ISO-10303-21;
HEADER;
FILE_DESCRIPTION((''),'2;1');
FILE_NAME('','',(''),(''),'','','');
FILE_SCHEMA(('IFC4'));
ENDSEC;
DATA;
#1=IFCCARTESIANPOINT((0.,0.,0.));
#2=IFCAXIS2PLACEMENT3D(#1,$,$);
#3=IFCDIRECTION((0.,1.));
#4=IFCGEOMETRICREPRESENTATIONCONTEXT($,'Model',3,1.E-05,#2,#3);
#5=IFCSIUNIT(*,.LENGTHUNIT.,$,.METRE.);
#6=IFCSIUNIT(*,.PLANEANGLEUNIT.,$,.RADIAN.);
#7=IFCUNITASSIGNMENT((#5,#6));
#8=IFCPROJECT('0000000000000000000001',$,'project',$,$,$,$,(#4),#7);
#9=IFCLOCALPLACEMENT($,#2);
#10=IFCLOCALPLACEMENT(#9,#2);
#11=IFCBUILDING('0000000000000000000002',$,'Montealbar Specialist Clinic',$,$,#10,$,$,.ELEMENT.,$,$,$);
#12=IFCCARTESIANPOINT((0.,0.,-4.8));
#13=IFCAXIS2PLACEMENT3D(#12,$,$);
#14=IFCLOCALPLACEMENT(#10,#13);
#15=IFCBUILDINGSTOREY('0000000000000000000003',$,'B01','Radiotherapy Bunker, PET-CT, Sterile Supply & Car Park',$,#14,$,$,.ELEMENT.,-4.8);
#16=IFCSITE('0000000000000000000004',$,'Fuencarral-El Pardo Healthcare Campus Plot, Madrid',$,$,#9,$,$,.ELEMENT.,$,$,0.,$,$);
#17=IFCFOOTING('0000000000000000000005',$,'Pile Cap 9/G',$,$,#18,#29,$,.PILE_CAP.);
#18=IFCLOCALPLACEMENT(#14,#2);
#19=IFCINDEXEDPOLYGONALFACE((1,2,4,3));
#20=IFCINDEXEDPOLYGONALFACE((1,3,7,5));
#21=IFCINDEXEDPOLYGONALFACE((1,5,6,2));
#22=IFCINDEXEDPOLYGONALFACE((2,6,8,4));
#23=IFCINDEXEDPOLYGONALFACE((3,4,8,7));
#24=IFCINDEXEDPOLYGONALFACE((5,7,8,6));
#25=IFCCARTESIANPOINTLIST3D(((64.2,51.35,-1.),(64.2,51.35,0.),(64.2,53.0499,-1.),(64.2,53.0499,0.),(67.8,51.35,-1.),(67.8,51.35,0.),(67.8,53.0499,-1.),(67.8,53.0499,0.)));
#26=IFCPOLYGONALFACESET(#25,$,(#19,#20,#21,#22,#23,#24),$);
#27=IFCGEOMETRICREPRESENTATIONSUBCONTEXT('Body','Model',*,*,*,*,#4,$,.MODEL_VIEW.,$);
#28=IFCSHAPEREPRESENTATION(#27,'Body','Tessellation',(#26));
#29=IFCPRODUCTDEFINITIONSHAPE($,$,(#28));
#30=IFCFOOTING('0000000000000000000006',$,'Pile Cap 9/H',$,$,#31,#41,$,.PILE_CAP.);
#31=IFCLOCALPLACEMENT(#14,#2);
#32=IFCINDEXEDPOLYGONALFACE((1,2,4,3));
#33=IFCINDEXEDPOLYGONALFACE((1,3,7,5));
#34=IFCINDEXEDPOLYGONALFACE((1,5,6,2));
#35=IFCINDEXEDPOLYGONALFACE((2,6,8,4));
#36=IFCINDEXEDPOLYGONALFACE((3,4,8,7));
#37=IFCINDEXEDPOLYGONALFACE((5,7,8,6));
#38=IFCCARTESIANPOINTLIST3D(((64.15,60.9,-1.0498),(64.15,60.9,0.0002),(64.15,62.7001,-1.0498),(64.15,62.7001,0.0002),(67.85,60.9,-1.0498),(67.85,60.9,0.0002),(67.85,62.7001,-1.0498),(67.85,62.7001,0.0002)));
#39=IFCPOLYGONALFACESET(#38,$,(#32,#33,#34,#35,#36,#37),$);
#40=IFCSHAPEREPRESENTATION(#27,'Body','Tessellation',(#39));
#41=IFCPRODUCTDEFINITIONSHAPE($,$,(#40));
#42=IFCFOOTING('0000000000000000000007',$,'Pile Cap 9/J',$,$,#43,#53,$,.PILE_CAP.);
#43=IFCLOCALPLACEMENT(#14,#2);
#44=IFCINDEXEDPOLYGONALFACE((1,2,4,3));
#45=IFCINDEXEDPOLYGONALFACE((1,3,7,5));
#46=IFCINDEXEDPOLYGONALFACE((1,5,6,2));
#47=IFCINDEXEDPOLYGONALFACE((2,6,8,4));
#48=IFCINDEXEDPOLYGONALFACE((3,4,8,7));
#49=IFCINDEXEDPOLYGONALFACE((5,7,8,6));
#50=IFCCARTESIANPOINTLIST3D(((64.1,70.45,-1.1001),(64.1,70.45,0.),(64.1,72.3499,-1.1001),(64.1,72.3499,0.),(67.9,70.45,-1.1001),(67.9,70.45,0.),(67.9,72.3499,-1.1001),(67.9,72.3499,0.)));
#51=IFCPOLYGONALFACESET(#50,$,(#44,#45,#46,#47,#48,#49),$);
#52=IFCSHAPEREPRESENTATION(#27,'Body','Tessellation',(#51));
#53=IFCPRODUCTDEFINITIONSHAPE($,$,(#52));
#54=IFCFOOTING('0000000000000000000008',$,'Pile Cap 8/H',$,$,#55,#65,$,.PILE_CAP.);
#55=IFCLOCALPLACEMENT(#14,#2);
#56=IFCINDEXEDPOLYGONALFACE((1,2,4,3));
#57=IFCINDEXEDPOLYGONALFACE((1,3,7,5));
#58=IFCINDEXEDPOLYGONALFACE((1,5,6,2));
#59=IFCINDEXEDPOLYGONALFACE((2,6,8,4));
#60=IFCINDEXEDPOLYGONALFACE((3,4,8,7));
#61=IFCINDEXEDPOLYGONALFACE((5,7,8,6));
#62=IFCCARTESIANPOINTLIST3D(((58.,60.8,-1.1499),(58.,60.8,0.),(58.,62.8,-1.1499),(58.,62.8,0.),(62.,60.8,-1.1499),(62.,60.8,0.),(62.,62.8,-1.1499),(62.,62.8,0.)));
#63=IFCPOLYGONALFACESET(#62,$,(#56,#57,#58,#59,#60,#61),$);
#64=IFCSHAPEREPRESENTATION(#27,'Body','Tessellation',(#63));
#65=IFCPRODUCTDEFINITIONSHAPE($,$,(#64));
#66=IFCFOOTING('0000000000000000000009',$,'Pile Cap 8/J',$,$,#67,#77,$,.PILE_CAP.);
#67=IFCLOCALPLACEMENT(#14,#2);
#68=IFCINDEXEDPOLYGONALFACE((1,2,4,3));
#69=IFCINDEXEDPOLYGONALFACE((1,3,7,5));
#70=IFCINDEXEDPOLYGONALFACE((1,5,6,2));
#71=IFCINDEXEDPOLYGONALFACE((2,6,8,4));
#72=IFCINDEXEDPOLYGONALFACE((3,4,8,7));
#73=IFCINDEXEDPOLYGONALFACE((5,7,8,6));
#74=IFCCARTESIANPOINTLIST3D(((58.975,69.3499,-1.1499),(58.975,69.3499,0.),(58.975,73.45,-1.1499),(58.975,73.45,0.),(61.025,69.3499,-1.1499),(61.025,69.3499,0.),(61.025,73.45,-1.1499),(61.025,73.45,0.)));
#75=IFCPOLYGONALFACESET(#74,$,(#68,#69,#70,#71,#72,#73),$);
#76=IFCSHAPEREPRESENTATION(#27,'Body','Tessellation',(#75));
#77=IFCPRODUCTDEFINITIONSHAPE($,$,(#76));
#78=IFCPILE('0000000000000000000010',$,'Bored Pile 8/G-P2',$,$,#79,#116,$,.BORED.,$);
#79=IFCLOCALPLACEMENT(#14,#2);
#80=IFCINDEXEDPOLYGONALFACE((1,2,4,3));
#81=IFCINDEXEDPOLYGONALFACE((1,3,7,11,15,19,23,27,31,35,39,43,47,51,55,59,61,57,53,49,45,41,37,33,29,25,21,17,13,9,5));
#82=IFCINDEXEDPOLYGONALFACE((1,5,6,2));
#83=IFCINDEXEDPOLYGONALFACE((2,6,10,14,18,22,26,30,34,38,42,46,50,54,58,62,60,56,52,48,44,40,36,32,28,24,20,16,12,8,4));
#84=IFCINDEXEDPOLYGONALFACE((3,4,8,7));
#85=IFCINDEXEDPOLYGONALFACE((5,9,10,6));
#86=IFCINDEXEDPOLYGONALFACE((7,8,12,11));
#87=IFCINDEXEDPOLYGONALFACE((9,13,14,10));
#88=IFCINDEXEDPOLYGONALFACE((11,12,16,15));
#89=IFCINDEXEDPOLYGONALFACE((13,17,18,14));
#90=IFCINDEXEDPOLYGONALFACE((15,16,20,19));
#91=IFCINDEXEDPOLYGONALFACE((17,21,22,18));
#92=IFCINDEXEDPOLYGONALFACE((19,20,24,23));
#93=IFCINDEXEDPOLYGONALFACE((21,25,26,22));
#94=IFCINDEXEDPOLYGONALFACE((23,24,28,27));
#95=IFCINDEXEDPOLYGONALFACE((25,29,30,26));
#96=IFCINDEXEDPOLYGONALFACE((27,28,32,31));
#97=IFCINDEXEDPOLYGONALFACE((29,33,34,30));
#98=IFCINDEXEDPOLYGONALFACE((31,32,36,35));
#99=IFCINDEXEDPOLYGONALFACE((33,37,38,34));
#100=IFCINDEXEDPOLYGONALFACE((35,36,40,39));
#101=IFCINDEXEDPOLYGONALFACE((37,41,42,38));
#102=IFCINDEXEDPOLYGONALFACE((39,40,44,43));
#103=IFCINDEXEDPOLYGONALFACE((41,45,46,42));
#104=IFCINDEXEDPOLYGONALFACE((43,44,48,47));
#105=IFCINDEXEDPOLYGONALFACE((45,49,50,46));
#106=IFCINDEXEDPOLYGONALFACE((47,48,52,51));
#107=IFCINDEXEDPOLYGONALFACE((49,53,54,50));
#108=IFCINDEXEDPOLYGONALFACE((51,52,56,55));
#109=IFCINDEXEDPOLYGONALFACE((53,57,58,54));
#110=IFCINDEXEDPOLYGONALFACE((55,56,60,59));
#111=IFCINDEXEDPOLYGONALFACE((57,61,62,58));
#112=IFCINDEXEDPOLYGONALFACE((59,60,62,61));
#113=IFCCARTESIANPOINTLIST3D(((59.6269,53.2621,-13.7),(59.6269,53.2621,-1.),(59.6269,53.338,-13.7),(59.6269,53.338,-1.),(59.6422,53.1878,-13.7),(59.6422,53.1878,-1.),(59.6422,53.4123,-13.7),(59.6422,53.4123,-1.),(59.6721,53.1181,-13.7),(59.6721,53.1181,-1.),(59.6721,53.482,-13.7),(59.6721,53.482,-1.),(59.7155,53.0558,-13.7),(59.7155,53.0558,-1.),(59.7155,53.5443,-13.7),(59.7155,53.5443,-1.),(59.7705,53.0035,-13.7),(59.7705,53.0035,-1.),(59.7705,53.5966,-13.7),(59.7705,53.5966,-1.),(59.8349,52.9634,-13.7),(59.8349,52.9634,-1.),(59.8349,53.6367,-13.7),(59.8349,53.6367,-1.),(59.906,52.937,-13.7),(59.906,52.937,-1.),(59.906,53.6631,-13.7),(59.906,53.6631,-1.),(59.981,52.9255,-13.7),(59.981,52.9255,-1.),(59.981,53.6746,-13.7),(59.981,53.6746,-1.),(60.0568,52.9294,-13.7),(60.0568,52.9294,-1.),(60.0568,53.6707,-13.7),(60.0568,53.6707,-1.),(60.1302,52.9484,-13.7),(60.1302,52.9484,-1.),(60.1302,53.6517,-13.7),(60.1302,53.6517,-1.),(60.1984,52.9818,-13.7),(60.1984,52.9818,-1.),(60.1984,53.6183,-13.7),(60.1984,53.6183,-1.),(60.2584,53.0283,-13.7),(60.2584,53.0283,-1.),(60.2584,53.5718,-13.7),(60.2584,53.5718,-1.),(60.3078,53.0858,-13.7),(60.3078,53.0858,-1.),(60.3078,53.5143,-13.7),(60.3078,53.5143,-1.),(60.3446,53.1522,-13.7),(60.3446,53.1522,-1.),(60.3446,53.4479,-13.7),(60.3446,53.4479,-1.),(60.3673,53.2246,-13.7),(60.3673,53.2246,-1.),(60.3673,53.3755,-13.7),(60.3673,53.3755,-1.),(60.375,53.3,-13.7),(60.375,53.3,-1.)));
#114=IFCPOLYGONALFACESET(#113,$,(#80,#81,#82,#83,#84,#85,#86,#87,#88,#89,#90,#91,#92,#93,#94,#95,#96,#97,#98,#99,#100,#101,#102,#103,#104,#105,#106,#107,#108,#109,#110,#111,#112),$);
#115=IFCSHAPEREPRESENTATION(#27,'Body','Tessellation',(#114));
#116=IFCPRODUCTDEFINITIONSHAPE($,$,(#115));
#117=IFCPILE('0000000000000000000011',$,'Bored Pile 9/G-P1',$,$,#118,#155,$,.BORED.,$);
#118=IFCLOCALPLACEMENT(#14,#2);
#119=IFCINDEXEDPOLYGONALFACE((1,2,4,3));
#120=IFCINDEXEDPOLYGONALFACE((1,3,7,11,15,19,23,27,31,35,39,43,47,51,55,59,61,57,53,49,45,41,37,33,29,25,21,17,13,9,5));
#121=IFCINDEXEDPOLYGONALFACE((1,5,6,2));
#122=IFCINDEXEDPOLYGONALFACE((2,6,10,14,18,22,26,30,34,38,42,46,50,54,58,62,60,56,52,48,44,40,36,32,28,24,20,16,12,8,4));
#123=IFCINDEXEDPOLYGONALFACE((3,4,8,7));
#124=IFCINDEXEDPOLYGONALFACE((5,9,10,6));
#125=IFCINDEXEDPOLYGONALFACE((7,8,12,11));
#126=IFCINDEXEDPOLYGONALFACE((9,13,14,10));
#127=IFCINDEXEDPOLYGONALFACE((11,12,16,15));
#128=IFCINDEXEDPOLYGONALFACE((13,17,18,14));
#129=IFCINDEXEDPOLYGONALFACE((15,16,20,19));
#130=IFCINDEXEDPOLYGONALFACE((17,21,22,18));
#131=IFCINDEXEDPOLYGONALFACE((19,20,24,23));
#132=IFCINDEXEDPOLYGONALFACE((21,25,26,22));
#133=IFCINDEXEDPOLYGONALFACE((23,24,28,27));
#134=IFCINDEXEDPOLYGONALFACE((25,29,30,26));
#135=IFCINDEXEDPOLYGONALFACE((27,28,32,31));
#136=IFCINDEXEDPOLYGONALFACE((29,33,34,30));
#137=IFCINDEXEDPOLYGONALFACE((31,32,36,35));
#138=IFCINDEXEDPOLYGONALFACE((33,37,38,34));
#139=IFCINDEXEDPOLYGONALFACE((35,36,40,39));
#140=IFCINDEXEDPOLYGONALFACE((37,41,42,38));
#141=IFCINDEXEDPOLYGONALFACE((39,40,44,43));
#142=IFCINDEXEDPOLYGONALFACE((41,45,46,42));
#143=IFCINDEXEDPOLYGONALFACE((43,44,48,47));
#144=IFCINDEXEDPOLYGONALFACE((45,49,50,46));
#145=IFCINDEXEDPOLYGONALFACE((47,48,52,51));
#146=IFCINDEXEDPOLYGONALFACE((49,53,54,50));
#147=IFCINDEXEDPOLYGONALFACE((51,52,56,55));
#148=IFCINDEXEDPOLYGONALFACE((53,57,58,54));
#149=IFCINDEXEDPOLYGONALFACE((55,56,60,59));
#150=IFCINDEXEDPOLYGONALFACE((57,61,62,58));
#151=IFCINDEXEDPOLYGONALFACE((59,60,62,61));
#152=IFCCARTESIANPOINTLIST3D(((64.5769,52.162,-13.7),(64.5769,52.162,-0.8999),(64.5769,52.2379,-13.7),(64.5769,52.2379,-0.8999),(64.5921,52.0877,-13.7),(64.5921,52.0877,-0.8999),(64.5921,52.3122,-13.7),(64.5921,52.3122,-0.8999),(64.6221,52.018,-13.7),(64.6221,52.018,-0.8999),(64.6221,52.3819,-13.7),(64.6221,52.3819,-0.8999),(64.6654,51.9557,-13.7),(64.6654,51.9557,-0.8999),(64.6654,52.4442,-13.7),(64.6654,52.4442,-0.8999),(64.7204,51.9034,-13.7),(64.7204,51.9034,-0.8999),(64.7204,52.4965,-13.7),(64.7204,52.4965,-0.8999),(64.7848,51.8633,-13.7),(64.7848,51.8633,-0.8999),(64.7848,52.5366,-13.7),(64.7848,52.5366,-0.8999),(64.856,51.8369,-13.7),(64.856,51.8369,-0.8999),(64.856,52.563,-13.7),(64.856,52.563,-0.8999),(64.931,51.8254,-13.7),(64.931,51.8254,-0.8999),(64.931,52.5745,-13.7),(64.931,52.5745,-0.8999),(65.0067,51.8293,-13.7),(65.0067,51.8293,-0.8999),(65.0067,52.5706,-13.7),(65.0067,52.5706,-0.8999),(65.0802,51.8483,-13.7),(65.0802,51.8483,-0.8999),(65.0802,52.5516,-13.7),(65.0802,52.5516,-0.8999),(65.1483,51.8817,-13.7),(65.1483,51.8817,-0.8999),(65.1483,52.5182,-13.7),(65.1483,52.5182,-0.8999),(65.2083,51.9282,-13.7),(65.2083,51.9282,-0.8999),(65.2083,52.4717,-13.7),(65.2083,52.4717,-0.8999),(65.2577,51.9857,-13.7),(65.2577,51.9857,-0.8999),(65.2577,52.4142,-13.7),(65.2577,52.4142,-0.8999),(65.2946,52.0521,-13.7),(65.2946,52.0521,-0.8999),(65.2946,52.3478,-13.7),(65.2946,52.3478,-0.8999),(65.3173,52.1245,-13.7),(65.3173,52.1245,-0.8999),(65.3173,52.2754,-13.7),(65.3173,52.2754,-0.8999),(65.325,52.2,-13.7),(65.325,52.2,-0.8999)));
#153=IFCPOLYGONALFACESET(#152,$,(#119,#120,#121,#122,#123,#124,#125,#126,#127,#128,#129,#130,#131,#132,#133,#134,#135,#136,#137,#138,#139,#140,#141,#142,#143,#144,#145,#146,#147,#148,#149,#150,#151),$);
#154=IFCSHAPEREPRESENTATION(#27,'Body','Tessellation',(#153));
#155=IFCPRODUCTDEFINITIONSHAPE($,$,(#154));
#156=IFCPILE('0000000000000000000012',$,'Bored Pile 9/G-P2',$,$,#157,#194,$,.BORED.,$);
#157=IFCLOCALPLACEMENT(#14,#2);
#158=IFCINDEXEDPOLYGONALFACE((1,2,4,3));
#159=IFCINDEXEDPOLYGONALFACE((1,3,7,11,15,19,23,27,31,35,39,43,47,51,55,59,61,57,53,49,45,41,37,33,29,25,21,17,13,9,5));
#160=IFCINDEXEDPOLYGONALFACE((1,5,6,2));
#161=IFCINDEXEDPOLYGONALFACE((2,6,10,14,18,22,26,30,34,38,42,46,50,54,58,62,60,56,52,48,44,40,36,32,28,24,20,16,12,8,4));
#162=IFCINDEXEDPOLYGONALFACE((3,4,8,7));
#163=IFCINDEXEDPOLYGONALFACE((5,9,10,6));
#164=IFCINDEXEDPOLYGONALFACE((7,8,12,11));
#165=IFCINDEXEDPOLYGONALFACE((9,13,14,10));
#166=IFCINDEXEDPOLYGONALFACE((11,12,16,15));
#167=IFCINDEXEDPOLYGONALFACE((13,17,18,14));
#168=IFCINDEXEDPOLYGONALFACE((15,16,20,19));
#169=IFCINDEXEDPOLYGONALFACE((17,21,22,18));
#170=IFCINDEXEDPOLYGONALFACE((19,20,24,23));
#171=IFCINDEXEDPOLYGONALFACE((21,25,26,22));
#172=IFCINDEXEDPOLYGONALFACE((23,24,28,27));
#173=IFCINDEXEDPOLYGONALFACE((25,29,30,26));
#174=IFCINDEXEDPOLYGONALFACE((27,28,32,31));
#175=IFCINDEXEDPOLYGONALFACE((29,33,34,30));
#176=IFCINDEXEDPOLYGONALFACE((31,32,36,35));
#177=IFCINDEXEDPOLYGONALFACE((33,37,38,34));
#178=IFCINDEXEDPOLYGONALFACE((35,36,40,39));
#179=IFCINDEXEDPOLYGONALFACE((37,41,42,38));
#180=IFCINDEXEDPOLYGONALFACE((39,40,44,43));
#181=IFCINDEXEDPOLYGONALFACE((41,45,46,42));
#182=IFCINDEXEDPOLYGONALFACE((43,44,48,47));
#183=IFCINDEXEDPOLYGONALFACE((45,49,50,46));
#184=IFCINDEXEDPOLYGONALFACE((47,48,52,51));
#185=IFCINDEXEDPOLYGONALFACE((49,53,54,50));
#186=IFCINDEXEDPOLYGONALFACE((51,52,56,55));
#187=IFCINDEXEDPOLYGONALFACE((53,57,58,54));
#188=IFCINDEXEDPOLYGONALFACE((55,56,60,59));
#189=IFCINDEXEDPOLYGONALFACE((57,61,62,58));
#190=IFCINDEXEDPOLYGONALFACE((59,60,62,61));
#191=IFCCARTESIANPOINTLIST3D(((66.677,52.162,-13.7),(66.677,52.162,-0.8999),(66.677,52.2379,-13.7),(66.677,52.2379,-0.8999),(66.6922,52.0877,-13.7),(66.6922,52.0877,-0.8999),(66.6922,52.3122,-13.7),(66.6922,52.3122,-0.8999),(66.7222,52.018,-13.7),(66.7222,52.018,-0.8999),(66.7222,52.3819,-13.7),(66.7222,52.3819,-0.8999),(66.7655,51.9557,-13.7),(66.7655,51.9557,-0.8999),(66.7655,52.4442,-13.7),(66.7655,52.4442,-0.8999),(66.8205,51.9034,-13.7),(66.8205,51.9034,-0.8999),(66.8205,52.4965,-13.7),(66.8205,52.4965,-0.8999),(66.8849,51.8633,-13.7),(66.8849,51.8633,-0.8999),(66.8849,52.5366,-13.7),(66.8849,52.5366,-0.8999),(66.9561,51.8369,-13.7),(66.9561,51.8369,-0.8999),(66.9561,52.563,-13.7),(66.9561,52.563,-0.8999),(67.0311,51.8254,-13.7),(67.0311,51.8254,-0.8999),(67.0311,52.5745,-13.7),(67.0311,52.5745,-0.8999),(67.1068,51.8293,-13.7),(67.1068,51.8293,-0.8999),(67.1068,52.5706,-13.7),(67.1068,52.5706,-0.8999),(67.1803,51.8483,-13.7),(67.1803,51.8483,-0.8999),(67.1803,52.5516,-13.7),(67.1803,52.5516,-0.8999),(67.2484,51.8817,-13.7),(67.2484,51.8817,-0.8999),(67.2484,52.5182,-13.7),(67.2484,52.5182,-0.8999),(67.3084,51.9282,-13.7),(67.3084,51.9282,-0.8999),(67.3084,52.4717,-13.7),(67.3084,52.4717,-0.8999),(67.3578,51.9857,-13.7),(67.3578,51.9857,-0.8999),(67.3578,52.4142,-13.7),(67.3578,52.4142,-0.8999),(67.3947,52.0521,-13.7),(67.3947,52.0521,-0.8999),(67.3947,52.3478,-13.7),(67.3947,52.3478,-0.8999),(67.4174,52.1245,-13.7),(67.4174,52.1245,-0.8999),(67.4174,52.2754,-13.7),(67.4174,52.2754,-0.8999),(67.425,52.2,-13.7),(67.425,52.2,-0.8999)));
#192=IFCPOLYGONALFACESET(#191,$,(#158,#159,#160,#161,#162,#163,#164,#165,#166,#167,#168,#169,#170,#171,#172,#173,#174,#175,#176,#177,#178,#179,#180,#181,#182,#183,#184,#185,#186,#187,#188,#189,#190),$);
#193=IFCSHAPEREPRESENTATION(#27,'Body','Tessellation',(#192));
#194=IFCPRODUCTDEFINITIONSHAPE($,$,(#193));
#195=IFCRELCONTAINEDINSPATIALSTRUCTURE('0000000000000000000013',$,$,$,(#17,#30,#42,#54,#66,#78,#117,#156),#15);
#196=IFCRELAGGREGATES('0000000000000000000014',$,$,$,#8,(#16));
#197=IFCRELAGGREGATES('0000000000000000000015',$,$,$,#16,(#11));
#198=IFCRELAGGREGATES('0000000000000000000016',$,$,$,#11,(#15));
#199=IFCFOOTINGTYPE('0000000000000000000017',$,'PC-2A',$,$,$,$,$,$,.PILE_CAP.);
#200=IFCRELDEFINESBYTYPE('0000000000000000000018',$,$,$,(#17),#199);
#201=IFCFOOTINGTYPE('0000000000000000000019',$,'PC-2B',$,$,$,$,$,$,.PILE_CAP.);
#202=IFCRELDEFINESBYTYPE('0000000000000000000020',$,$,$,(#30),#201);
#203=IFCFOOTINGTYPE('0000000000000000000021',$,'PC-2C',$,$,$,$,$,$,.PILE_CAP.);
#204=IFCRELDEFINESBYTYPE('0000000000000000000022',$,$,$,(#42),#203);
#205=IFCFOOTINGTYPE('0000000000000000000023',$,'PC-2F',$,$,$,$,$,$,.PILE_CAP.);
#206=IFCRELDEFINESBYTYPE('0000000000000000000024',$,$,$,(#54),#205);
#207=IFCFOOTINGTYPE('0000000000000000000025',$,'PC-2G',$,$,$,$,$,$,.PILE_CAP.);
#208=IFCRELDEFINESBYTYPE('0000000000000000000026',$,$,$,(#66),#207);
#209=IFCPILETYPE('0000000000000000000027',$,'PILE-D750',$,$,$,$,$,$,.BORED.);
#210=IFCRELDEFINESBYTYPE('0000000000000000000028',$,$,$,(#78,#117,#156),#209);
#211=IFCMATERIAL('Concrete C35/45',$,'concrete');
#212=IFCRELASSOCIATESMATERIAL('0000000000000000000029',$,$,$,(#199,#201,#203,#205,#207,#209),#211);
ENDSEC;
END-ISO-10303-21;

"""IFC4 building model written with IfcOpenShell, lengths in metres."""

from ifc_helpers import new_model, si_unit, direction, frame, origin, origin_2d, place, context, subcontext, project, spatial, rectangle, circle, extrude, material, material_profile, profile_set, type_object, element, save


model = new_model("IFC4")

# Units and contexts
model_context = context("Model", 3, precision=1e-05, world=origin(), true_north=direction((0.0, 1.0)))
body_context = subcontext(model_context, "Body", "Model", "MODEL_VIEW")
ifc_project = project(units=[si_unit("LENGTHUNIT", "METRE"), si_unit("PLANEANGLEUNIT", "RADIAN")], contexts=[model_context])

# Site, building, storey
site_placement = place(None, origin())
site = spatial("IfcSite", under=ifc_project, at=site_placement, Name="Fuencarral-El Pardo Healthcare Campus Plot, Madrid", CompositionType="ELEMENT", RefElevation=0.0)
building_placement = place(site_placement, origin())
building = spatial("IfcBuilding", under=site, at=building_placement, Name="Montealbar Specialist Clinic", CompositionType="ELEMENT")
storey_placement = place(building_placement, frame((0.0, 0.0, -4.8)))
storey = spatial("IfcBuildingStorey", under=building, at=storey_placement, Name="B01", Description="Radiotherapy Bunker, PET-CT, Sterile Supply & Car Park", CompositionType="ELEMENT", Elevation=-4.8)

# Footings
ifc_material_1 = material(Name="Concrete C35/45", Category="concrete")
footing_type_1 = type_object("IfcFootingType", Name="PC-2A", PredefinedType="PILE_CAP", material=ifc_material_1)
footing_1_placement = place(storey_placement, frame((66.0, 52.2, -1.0), z_axis=(0.0, 0.0, 1.0), x_axis=(1.0, 0.0, 0.0)))
element("IfcFooting", 1, at=footing_1_placement, inside=storey, type_object=footing_type_1, Name="Pile Cap 9/G", PredefinedType="PILE_CAP", context=body_context, shape_type="SweptSolid", body=[
    extrude(rectangle(XDim=3.6001, YDim=1.7, at=origin_2d()), origin(), (0.0, 0.0, 1.0), 1.0),
])
footing_type_2 = type_object("IfcFootingType", Name="PC-2B", PredefinedType="PILE_CAP", material=ifc_material_1)
footing_2_placement = place(storey_placement, frame((66.0, 61.8, -1.0498), z_axis=(0.0, 0.0, 1.0), x_axis=(1.0, 0.0, 0.0)))
element("IfcFooting", 2, at=footing_2_placement, inside=storey, type_object=footing_type_2, Name="Pile Cap 9/H", PredefinedType="PILE_CAP", context=body_context, shape_type="SweptSolid", body=[
    extrude(rectangle(XDim=3.7, YDim=1.8, at=origin_2d()), origin(), (0.0, 0.0, 1.0), 1.05),
])
footing_type_3 = type_object("IfcFootingType", Name="PC-2C", PredefinedType="PILE_CAP", material=ifc_material_1)
footing_3_placement = place(storey_placement, frame((66.0, 71.3999, -1.1001), z_axis=(0.0, 0.0, 1.0), x_axis=(1.0, 0.0, 0.0)))
element("IfcFooting", 3, at=footing_3_placement, inside=storey, type_object=footing_type_3, Name="Pile Cap 9/J", PredefinedType="PILE_CAP", context=body_context, shape_type="SweptSolid", body=[
    extrude(rectangle(XDim=3.8, YDim=1.8999, at=origin_2d()), origin(), (0.0, 0.0, 1.0), 1.1001),
])
footing_type_4 = type_object("IfcFootingType", Name="PC-2F", PredefinedType="PILE_CAP", material=ifc_material_1)
footing_4_placement = place(storey_placement, frame((60.0, 61.8, -1.1499), z_axis=(0.0, 0.0, 1.0), x_axis=(1.0, 0.0, 0.0)))
element("IfcFooting", 4, at=footing_4_placement, inside=storey, type_object=footing_type_4, Name="Pile Cap 8/H", PredefinedType="PILE_CAP", context=body_context, shape_type="SweptSolid", body=[
    extrude(rectangle(XDim=4.0, YDim=2.0, at=origin_2d()), origin(), (0.0, 0.0, 1.0), 1.1499),
])
footing_type_5 = type_object("IfcFootingType", Name="PC-2G", PredefinedType="PILE_CAP", material=ifc_material_1)
footing_5_placement = place(storey_placement, frame((60.0, 71.3999, -1.1499), z_axis=(0.0, 0.0, 1.0), x_axis=(1.0, 0.0, 0.0)))
element("IfcFooting", 5, at=footing_5_placement, inside=storey, type_object=footing_type_5, Name="Pile Cap 8/J", PredefinedType="PILE_CAP", context=body_context, shape_type="SweptSolid", body=[
    extrude(rectangle(XDim=2.05, YDim=4.1001, at=origin_2d()), origin(), (0.0, 0.0, 1.0), 1.1499),
])

# Piles
ifc_material_profile_1 = material_profile(ifc_material_1, circle(Radius=0.375, at=origin_2d()), Name="PILE D750", Category="concrete")
ifc_profile_set_1 = profile_set([ifc_material_profile_1], Name="Concrete C35/45")
pile_type_1 = type_object("IfcPileType", Name="PILE-D750", PredefinedType="BORED", material=ifc_profile_set_1)
pile_1_placement = place(storey_placement, frame((60.0, 53.3, -1.0), z_axis=(0.0, 0.0, -1.0), x_axis=(1.0, 0.0, 0.0)))
element("IfcPile", 6, at=pile_1_placement, inside=storey, type_object=pile_type_1, Name="Bored Pile 8/G-P2", PredefinedType="BORED", context=body_context, shape_type="SweptSolid", body=[
    extrude(circle(Radius=0.375, at=origin_2d()), origin(), (0.0, 0.0, 1.0), 12.7),
])
for number, where, z_axis, x_axis, name in (
    (7, (64.95, 52.2, -0.8999), (0.0, 0.0, -1.0), (1.0, 0.0, 0.0), "Bored Pile 9/G-P1"),
    (8, (67.05, 52.2, -0.8999), (0.0, 0.0, -1.0), (1.0, 0.0, 0.0), "Bored Pile 9/G-P2"),
):
    element("IfcPile", number, at=place(storey_placement, frame(where, z_axis=z_axis, x_axis=x_axis)), inside=storey, type_object=pile_type_1, Name=name, PredefinedType="BORED", context=body_context, shape_type="SweptSolid", body=[
        extrude(circle(Radius=0.375, at=origin_2d()), origin(), (0.0, 0.0, 1.0), 12.8),
    ])

save(model, "model.ifc")
